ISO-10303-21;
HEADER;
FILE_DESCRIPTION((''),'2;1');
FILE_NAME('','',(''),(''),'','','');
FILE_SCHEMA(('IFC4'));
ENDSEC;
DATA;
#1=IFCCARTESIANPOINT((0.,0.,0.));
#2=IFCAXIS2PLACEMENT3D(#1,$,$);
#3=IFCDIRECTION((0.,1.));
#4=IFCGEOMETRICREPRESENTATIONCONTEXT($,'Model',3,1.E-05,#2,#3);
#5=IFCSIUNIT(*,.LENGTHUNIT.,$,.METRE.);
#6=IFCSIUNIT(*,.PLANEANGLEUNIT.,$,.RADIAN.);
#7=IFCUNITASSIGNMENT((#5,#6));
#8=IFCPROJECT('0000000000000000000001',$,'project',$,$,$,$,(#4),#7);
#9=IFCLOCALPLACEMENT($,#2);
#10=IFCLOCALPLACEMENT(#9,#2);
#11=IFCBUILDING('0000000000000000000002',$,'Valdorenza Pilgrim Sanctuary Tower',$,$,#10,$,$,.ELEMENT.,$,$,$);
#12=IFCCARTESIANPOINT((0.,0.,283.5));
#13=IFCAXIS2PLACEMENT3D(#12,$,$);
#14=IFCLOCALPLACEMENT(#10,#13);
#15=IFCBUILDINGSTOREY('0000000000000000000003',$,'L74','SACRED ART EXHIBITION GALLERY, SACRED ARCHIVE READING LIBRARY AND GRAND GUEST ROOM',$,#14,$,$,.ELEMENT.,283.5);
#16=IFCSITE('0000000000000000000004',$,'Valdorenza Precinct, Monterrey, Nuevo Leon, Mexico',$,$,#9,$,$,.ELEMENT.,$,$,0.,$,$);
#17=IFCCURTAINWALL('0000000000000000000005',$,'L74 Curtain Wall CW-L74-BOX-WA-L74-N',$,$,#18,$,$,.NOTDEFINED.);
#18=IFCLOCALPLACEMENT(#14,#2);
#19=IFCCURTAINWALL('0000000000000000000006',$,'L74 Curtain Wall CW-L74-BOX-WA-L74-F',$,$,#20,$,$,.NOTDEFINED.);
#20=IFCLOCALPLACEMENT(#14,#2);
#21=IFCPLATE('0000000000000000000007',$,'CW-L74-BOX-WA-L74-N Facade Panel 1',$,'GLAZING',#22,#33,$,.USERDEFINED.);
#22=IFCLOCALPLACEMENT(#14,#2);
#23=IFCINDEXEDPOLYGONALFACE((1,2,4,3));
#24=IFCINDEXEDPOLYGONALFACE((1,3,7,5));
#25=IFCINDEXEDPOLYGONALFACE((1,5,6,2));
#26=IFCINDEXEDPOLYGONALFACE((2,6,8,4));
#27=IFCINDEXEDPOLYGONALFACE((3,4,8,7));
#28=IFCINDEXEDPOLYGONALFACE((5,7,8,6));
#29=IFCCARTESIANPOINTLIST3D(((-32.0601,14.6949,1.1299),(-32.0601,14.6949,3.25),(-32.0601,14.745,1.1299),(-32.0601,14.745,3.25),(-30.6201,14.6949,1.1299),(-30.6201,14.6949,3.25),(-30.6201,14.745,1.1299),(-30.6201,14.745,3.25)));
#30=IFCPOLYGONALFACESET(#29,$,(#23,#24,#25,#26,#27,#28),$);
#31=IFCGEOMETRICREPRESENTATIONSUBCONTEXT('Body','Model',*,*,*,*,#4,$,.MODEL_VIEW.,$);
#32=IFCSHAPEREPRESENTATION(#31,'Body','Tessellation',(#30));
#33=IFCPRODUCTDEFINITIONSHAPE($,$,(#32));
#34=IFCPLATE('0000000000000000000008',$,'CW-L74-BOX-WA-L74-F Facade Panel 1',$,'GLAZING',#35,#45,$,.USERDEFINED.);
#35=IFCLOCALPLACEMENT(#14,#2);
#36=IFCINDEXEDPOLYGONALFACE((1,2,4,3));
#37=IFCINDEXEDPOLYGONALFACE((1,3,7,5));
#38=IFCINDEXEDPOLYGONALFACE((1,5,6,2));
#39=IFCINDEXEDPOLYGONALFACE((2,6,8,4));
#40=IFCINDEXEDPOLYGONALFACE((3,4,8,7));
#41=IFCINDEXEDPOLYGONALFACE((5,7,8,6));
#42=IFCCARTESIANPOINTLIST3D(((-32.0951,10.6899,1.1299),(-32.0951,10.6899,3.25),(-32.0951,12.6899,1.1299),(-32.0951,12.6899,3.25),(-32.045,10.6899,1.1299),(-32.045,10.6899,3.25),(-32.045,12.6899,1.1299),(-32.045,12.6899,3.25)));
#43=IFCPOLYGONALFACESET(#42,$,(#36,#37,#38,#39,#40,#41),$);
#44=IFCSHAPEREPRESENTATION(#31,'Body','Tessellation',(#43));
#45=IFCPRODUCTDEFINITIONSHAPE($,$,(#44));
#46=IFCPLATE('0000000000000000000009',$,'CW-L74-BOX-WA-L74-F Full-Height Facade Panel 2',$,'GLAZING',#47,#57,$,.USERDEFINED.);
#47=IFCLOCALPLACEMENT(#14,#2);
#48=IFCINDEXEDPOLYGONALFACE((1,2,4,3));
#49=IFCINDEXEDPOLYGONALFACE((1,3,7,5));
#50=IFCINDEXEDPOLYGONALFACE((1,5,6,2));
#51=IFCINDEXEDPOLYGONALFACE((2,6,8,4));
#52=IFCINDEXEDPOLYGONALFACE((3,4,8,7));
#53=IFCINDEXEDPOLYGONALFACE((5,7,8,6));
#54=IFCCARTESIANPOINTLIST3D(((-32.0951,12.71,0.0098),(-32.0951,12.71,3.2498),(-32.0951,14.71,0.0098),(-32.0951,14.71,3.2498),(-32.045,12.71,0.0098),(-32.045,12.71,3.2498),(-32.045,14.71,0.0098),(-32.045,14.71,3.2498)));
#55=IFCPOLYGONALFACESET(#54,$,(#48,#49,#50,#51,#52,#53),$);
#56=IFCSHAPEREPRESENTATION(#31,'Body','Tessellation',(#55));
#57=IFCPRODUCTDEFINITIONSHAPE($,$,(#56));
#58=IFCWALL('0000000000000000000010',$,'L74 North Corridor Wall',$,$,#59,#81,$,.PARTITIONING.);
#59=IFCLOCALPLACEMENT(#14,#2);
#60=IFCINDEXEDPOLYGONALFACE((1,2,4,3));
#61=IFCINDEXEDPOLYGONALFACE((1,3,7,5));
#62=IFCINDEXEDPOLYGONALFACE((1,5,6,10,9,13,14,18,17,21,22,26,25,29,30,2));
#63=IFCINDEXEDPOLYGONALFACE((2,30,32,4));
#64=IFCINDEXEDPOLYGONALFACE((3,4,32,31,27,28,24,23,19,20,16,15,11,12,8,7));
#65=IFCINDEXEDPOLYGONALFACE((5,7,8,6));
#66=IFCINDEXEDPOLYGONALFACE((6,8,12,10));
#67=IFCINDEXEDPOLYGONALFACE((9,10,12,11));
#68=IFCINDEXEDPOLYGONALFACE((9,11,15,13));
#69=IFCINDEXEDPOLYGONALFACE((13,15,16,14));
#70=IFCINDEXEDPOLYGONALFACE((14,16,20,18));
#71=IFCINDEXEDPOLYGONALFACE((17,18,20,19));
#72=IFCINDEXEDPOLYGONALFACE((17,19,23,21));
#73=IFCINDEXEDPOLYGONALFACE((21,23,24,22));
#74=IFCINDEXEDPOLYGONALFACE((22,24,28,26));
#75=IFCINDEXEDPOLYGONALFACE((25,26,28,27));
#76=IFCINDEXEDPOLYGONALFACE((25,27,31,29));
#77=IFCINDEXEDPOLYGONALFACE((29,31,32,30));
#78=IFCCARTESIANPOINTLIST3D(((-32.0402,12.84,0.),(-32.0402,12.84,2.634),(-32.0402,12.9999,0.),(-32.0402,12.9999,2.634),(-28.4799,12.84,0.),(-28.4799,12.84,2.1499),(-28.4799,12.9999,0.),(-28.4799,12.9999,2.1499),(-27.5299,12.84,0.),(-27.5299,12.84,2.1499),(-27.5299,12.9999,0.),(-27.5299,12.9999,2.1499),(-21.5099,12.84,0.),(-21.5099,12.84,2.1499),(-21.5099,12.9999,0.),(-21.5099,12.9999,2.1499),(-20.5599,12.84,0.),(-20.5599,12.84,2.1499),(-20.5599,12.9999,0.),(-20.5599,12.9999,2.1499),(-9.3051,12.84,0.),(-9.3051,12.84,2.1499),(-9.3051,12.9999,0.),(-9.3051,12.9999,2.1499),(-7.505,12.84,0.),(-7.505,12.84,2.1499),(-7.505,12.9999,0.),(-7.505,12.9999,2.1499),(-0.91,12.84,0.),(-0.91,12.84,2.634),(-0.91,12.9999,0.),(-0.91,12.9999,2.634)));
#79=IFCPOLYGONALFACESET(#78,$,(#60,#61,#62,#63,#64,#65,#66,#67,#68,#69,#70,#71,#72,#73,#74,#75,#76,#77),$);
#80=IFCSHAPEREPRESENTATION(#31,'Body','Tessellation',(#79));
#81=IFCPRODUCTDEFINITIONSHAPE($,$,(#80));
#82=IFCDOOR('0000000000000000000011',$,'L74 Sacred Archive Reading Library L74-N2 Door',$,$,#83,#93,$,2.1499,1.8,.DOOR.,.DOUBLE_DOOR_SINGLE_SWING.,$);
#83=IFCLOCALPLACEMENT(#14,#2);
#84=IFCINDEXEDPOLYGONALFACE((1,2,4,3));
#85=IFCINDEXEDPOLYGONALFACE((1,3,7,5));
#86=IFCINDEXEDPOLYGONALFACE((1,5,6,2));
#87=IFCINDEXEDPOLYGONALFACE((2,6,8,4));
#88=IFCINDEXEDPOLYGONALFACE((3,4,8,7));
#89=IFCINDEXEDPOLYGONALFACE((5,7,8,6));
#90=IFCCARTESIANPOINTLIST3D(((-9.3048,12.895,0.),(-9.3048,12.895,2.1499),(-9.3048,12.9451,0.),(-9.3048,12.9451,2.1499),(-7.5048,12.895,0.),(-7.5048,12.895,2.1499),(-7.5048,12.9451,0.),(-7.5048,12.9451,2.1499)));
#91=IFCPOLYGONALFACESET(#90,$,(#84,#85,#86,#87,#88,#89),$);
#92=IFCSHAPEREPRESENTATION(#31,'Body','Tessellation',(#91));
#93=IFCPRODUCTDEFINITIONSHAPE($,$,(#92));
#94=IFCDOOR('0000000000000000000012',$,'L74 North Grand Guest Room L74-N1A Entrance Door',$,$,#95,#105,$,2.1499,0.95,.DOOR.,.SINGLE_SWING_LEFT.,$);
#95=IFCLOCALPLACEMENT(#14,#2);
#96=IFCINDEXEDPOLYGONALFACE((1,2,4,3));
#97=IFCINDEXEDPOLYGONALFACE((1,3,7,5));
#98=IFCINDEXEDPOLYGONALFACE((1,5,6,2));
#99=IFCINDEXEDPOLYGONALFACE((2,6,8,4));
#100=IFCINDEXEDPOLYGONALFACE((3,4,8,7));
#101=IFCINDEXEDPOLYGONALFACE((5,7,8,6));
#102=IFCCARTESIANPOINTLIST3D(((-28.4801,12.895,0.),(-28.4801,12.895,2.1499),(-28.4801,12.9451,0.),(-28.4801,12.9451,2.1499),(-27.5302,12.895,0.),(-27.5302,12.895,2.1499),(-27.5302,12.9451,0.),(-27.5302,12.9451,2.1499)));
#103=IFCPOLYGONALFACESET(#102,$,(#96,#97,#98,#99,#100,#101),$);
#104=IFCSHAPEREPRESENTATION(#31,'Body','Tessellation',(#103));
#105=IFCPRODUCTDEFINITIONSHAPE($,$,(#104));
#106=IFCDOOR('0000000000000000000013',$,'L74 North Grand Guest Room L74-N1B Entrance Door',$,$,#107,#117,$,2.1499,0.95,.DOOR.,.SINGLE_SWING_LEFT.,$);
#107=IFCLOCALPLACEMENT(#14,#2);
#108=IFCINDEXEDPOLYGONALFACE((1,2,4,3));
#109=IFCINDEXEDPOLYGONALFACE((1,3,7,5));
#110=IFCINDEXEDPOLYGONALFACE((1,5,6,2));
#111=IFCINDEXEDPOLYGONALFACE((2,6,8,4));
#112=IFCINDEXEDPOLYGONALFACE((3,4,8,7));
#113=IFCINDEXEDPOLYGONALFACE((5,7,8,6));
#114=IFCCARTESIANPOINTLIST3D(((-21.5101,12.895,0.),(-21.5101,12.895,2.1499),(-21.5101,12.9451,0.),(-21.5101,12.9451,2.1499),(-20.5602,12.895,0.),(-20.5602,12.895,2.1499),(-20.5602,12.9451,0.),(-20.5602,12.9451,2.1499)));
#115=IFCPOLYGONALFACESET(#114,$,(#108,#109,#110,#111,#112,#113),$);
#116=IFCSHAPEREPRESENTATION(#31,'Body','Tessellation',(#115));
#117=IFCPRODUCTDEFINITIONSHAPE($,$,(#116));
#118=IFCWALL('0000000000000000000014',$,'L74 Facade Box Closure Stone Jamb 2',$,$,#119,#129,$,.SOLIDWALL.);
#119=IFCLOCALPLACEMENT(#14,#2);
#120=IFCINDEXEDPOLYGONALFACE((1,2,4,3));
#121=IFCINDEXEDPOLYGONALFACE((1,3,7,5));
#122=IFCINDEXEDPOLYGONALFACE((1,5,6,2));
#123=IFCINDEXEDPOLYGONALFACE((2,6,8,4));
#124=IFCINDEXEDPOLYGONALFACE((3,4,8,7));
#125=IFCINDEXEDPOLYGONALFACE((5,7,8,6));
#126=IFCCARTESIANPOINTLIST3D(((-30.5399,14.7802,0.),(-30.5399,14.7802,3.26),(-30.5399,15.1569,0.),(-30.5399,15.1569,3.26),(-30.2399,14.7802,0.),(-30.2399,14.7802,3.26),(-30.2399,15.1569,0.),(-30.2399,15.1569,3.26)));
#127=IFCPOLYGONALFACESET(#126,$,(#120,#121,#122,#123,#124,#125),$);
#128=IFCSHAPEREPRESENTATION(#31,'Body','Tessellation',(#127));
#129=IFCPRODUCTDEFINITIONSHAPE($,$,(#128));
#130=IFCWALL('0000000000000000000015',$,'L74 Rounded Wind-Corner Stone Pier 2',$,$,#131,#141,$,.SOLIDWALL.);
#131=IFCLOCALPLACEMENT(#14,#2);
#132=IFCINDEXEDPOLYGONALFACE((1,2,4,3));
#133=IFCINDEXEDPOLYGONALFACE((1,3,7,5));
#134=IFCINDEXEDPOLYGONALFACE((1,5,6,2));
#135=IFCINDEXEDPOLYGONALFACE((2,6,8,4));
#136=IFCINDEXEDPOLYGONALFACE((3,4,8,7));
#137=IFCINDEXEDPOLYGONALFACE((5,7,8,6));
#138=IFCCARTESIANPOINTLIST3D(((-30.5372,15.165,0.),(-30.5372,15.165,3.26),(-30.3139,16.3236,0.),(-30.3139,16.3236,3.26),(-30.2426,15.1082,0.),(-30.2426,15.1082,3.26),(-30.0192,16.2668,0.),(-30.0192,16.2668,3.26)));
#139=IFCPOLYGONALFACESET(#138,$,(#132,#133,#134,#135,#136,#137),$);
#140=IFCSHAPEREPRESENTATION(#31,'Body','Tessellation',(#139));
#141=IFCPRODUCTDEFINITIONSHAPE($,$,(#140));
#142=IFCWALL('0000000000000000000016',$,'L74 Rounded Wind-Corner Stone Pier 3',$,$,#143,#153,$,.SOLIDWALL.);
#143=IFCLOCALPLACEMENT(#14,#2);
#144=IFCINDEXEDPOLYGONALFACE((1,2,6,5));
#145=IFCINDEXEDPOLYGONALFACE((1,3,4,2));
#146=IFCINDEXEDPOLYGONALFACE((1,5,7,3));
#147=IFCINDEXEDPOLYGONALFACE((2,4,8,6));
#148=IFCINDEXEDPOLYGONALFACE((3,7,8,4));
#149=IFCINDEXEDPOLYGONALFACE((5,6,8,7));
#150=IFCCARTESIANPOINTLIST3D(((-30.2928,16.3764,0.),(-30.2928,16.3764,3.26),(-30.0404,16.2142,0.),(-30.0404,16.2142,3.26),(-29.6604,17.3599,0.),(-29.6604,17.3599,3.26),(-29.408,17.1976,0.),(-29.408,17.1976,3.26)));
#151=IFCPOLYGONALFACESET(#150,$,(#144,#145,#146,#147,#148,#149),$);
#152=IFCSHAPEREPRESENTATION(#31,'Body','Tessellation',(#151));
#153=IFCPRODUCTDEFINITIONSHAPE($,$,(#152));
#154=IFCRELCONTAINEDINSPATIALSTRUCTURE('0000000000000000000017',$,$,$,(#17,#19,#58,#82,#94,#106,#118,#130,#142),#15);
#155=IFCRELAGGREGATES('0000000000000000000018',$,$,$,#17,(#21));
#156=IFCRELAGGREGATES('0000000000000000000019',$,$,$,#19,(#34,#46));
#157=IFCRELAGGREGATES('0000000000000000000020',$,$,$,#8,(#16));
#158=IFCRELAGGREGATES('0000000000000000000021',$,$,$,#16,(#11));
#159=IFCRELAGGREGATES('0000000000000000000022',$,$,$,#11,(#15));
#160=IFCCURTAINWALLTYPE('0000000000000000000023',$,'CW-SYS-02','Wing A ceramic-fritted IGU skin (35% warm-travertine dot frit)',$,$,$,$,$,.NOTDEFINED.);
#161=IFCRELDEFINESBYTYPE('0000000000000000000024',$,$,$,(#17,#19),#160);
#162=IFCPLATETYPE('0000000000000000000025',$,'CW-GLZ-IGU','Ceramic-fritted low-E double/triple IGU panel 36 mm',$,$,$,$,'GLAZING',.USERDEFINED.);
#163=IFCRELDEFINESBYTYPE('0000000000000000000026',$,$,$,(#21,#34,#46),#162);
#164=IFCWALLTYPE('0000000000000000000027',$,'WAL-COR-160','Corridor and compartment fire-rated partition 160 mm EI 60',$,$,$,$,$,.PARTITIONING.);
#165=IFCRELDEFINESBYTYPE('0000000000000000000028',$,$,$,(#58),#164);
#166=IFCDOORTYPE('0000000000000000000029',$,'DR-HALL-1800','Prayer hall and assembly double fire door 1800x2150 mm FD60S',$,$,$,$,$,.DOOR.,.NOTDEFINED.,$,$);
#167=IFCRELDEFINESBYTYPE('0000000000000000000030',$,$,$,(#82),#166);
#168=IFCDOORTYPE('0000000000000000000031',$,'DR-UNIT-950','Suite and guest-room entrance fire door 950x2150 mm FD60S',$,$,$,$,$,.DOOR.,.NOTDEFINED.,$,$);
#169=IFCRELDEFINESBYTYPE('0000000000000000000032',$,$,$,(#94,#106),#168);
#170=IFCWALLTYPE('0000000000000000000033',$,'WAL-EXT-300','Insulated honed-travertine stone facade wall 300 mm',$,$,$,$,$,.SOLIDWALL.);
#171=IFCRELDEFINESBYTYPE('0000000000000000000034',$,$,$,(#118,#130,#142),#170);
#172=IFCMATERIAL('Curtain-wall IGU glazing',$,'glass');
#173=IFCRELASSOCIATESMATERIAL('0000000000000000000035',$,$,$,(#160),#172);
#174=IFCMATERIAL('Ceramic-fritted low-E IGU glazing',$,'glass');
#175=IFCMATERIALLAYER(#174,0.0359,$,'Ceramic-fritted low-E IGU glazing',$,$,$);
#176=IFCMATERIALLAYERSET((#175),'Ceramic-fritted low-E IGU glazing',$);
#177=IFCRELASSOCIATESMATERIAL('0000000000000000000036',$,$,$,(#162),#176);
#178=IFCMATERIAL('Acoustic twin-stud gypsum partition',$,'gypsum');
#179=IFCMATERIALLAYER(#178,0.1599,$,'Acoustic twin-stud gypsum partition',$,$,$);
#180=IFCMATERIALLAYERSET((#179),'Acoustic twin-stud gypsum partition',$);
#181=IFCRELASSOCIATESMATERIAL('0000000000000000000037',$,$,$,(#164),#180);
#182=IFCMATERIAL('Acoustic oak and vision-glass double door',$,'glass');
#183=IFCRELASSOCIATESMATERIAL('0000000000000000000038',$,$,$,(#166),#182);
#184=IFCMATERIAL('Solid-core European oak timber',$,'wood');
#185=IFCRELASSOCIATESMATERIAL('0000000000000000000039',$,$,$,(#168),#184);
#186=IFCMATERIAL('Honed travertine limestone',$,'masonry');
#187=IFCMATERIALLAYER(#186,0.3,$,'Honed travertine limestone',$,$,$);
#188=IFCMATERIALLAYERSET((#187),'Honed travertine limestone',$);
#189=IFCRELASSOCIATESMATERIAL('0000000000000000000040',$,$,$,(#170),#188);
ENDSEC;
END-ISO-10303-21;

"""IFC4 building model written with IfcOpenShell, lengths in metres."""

from ifc_helpers import new_model, si_unit, direction, frame, frame_2d, origin, origin_2d, place, context, subcontext, project, spatial, rectangle, extrude, source, transform, mapped, material, layer, layer_set, type_object, element, fill, aggregate, save


model = new_model("IFC4")

# Units and contexts
model_context = context("Model", 3, precision=1e-05, world=origin(), true_north=direction((0.0, 1.0)))
body_context = subcontext(model_context, "Body", "Model", "MODEL_VIEW")
ifc_project = project(units=[si_unit("LENGTHUNIT", "METRE"), si_unit("PLANEANGLEUNIT", "RADIAN")], contexts=[model_context])

# Site, building, storey
site_placement = place(None, origin())
site = spatial("IfcSite", under=ifc_project, at=site_placement, Name="Valdorenza Precinct, Monterrey, Nuevo Leon, Mexico", CompositionType="ELEMENT", RefElevation=0.0)
building_placement = place(site_placement, origin())
building = spatial("IfcBuilding", under=site, at=building_placement, Name="Valdorenza Pilgrim Sanctuary Tower", CompositionType="ELEMENT")
storey_placement = place(building_placement, frame((0.0, 0.0, 283.5)))
storey = spatial("IfcBuildingStorey", under=building, at=storey_placement, Name="L74", Description="SACRED ART EXHIBITION GALLERY, SACRED ARCHIVE READING LIBRARY AND GRAND GUEST ROOM", CompositionType="ELEMENT", Elevation=283.5)

# Curtain wall
ifc_material_1 = material(Name="Curtain-wall IGU glazing", Category="glass")
curtain_wall_type = type_object("IfcCurtainWallType", Name="CW-SYS-02", Description="Wing A ceramic-fritted IGU skin (35% warm-travertine dot frit)", PredefinedType="NOTDEFINED", material=ifc_material_1)
curtain_wall_1_placement = place(storey_placement, origin())
curtain_wall_1 = element("IfcCurtainWall", 1, at=curtain_wall_1_placement, inside=storey, type_object=curtain_wall_type, Name="L74 Curtain Wall CW-L74-BOX-WA-L74-N", PredefinedType="NOTDEFINED")

# Curtain wall
curtain_wall_2_placement = place(storey_placement, origin())
curtain_wall_2 = element("IfcCurtainWall", 2, at=curtain_wall_2_placement, inside=storey, type_object=curtain_wall_type, Name="L74 Curtain Wall CW-L74-BOX-WA-L74-F", PredefinedType="NOTDEFINED")

# Plates
ifc_material_2 = material(Name="Honed travertine limestone", Category="masonry")
ifc_material_3 = material(Name="Ceramic-fritted low-E IGU glazing", Category="glass")
ifc_layer_1 = layer(ifc_material_3, 0.0359, Name="Ceramic-fritted low-E IGU glazing")
ifc_layer_set_1 = layer_set([ifc_layer_1], Name="Ceramic-fritted low-E IGU glazing")
plate_type_1 = type_object("IfcPlateType", Name="CW-GLZ-IGU", Description="Ceramic-fritted low-E double/triple IGU panel 36 mm", ElementType="GLAZING", PredefinedType="USERDEFINED", material=ifc_layer_set_1)
shared_shape_1 = source(origin(), body_context, "Body", "SweptSolid", [
    extrude(rectangle(XDim=1.4399, YDim=0.05, at=origin_2d()), origin(), (0.0, 0.0, 1.0), 2.1201),
])
plate_1_placement = place(storey_placement, frame((-31.3401, 14.72, 1.1299), z_axis=(0.0, 0.0, 1.0), x_axis=(1.0, 0.0, 0.0)))
plate_1 = element("IfcPlate", 3, at=plate_1_placement, type_object=plate_type_1, Name="CW-L74-BOX-WA-L74-N Facade Panel 1", ObjectType="GLAZING", PredefinedType="USERDEFINED", context=body_context, shape_type="MappedRepresentation", body=[
    mapped(shared_shape_1, transform((0.0, 0.0, 0.0), x_axis=(1.0, 0.0, 0.0), y_axis=(0.0, 1.0, 0.0), z_axis=(0.0, 0.0, 1.0), scale=1.0)),
])
aggregate(curtain_wall_1, [plate_1])
shared_shape_2 = source(origin(), body_context, "Body", "SweptSolid", [
    extrude(rectangle(XDim=2.0, YDim=0.05, at=origin_2d()), origin(), (0.0, 0.0, 1.0), 2.1201),
])
plate_2_placement = place(storey_placement, frame((-32.0701, 11.6899, 1.1299), z_axis=(0.0, 0.0, 1.0), x_axis=(0.0, 1.0, 0.0)))
plate_2 = element("IfcPlate", 4, at=plate_2_placement, type_object=plate_type_1, Name="CW-L74-BOX-WA-L74-F Facade Panel 1", ObjectType="GLAZING", PredefinedType="USERDEFINED", context=body_context, shape_type="MappedRepresentation", body=[
    mapped(shared_shape_2, transform((0.0, 0.0, 0.0), x_axis=(1.0, 0.0, 0.0), y_axis=(0.0, 1.0, 0.0), z_axis=(0.0, 0.0, 1.0), scale=1.0)),
])
shared_shape_3 = source(origin(), body_context, "Body", "SweptSolid", [
    extrude(rectangle(XDim=2.0, YDim=0.05, at=origin_2d()), origin(), (0.0, 0.0, 1.0), 3.24),
])
plate_3_placement = place(storey_placement, frame((-32.0701, 13.71, 0.0098), z_axis=(0.0, 0.0, 1.0), x_axis=(0.0, 1.0, 0.0)))
plate_3 = element("IfcPlate", 5, at=plate_3_placement, type_object=plate_type_1, Name="CW-L74-BOX-WA-L74-F Full-Height Facade Panel 2", ObjectType="GLAZING", PredefinedType="USERDEFINED", context=body_context, shape_type="MappedRepresentation", body=[
    mapped(shared_shape_3, transform((0.0, 0.0, 0.0), x_axis=(1.0, 0.0, 0.0), y_axis=(0.0, 1.0, 0.0), z_axis=(0.0, 0.0, 1.0), scale=1.0)),
])
aggregate(curtain_wall_2, [plate_2, plate_3])

# Wall, openings, doors
ifc_material_4 = material(Name="Acoustic twin-stud gypsum partition", Category="gypsum")
ifc_layer_2 = layer(ifc_material_4, 0.1599, Name="Acoustic twin-stud gypsum partition")
ifc_layer_set_2 = layer_set([ifc_layer_2], Name="Acoustic twin-stud gypsum partition")
wall_type_1 = type_object("IfcWallType", Name="WAL-COR-160", Description="Corridor and compartment fire-rated partition 160 mm EI 60", PredefinedType="PARTITIONING", material=ifc_layer_set_2)
wall_1_placement = place(storey_placement, frame((-32.04, 12.9199, 0.0), z_axis=(0.0, 0.0, 1.0), x_axis=(1.0, 0.0, 0.0)))
wall_1 = element("IfcWall", 6, at=wall_1_placement, inside=storey, type_object=wall_type_1, Name="L74 North Corridor Wall", PredefinedType="PARTITIONING", context=body_context, shape_type="SweptSolid", body=[
    extrude(rectangle(XDim=31.1301, YDim=0.1599, at=frame_2d((15.5649, 0.0))), origin(), (0.0, 0.0, 1.0), 2.634),
])
opening_1_placement = place(wall_1_placement, frame((3.5601, 0.0, 0.0)))
opening_1 = element("IfcOpeningElement", 7, at=opening_1_placement, cuts=wall_1, PredefinedType="OPENING", context=body_context, shape_type="SweptSolid", body=[
    extrude(rectangle(XDim=0.95, YDim=2.1499, at=frame_2d((0.4751, 1.075))), frame((0.0, 0.0947, 0.0), z_axis=(0.0, -1.0, 0.0), x_axis=(1.0, 0.0, 0.0)), (0.0, 0.0, 1.0), 0.1897),
])
opening_2_placement = place(wall_1_placement, frame((10.53, 0.0, 0.0)))
opening_2 = element("IfcOpeningElement", 8, at=opening_2_placement, cuts=wall_1, PredefinedType="OPENING", context=body_context, shape_type="SweptSolid", body=[
    extrude(rectangle(XDim=0.95, YDim=2.1499, at=frame_2d((0.4751, 1.075))), frame((0.0, 0.0947, 0.0), z_axis=(0.0, -1.0, 0.0), x_axis=(1.0, 0.0, 0.0)), (0.0, 0.0, 1.0), 0.1897),
])
opening_3_placement = place(wall_1_placement, frame((22.7351, 0.0, 0.0)))
opening_3 = element("IfcOpeningElement", 9, at=opening_3_placement, cuts=wall_1, PredefinedType="OPENING", context=body_context, shape_type="SweptSolid", body=[
    extrude(rectangle(XDim=1.8, YDim=2.1499, at=frame_2d((0.8999, 1.075))), frame((0.0, 0.0947, 0.0), z_axis=(0.0, -1.0, 0.0), x_axis=(1.0, 0.0, 0.0)), (0.0, 0.0, 1.0), 0.1897),
])
ifc_material_5 = material(Name="Acoustic oak and vision-glass double door", Category="glass")
door_type_1 = type_object("IfcDoorType", Name="DR-HALL-1800", Description="Prayer hall and assembly double fire door 1800x2150 mm FD60S", OperationType="NOTDEFINED", PredefinedType="DOOR", material=ifc_material_5)
door_1_placement = place(opening_3_placement, frame((1.8, 0.0, 0.0), z_axis=(0.0, 0.0, 1.0), x_axis=(-1.0, 0.0, 0.0)))
door_1 = element("IfcDoor", 10, at=door_1_placement, inside=storey, type_object=door_type_1, Name="L74 Sacred Archive Reading Library L74-N2 Door", OperationType="DOUBLE_DOOR_SINGLE_SWING", OverallHeight=2.1499, OverallWidth=1.8, PredefinedType="DOOR", context=body_context, shape_type="SweptSolid", body=[
    extrude(rectangle(XDim=1.8, YDim=2.1499, at=frame_2d((0.8999, 1.075))), frame((0.0, 0.0249, 0.0), z_axis=(0.0, -1.0, 0.0), x_axis=(1.0, 0.0, 0.0)), (0.0, 0.0, 1.0), 0.05),
])
fill(opening_3, door_1)
ifc_material_6 = material(Name="Solid-core European oak timber", Category="wood")
door_type_2 = type_object("IfcDoorType", Name="DR-UNIT-950", Description="Suite and guest-room entrance fire door 950x2150 mm FD60S", OperationType="NOTDEFINED", PredefinedType="DOOR", material=ifc_material_6)
door_2_placement = place(opening_1_placement, frame((0.95, 0.0, 0.0), z_axis=(0.0, 0.0, 1.0), x_axis=(-1.0, 0.0, 0.0)))
door_2 = element("IfcDoor", 11, at=door_2_placement, inside=storey, type_object=door_type_2, Name="L74 North Grand Guest Room L74-N1A Entrance Door", OperationType="SINGLE_SWING_LEFT", OverallHeight=2.1499, OverallWidth=0.95, PredefinedType="DOOR", context=body_context, shape_type="SweptSolid", body=[
    extrude(rectangle(XDim=0.95, YDim=2.1499, at=frame_2d((0.4751, 1.075))), frame((0.0, 0.0249, 0.0), z_axis=(0.0, -1.0, 0.0), x_axis=(1.0, 0.0, 0.0)), (0.0, 0.0, 1.0), 0.05),
])
fill(opening_1, door_2)
door_3_placement = place(opening_2_placement, frame((0.95, 0.0, 0.0), z_axis=(0.0, 0.0, 1.0), x_axis=(-1.0, 0.0, 0.0)))
door_3 = element("IfcDoor", 12, at=door_3_placement, inside=storey, type_object=door_type_2, Name="L74 North Grand Guest Room L74-N1B Entrance Door", OperationType="SINGLE_SWING_LEFT", OverallHeight=2.1499, OverallWidth=0.95, PredefinedType="DOOR", context=body_context, shape_type="SweptSolid", body=[
    extrude(rectangle(XDim=0.95, YDim=2.1499, at=frame_2d((0.4751, 1.075))), frame((0.0, 0.0249, 0.0), z_axis=(0.0, -1.0, 0.0), x_axis=(1.0, 0.0, 0.0)), (0.0, 0.0, 1.0), 0.05),
])
fill(opening_2, door_3)

# Walls
ifc_layer_3 = layer(ifc_material_2, 0.3, Name="Honed travertine limestone")
ifc_layer_set_3 = layer_set([ifc_layer_3], Name="Honed travertine limestone")
wall_type_2 = type_object("IfcWallType", Name="WAL-EXT-300", Description="Insulated honed-travertine stone facade wall 300 mm", PredefinedType="SOLIDWALL", material=ifc_layer_set_3)
wall_2_placement = place(storey_placement, frame((-30.3899, 14.78, 0.0), z_axis=(0.0, 0.0, 1.0), x_axis=(0.0, 1.0, 0.0)))
element("IfcWall", 13, at=wall_2_placement, inside=storey, type_object=wall_type_2, Name="L74 Facade Box Closure Stone Jamb 2", PredefinedType="SOLIDWALL", context=body_context, shape_type="SweptSolid", body=[
    extrude(rectangle(XDim=0.3767, YDim=0.3, at=frame_2d((0.1885, 0.0))), origin(), (0.0, 0.0, 1.0), 3.26),
])
wall_3_placement = place(storey_placement, frame((-30.3899, 15.1367, 0.0), z_axis=(0.0, 0.0, 1.0), x_axis=(0.189308, 0.981918, 0.0)))
element("IfcWall", 14, at=wall_3_placement, inside=storey, type_object=wall_type_2, Name="L74 Rounded Wind-Corner Stone Pier 2", PredefinedType="SOLIDWALL", context=body_context, shape_type="SweptSolid", body=[
    extrude(rectangle(XDim=1.1799, YDim=0.3, at=frame_2d((0.5898, 0.0))), origin(), (0.0, 0.0, 1.0), 3.26),
])
wall_4_placement = place(storey_placement, frame((-30.1665, 16.2954, 0.0), z_axis=(0.0, 0.0, 1.0), x_axis=(0.540842, 0.841124, 0.0)))
element("IfcWall", 15, at=wall_4_placement, inside=storey, type_object=wall_type_2, Name="L74 Rounded Wind-Corner Stone Pier 3", PredefinedType="SOLIDWALL", context=body_context, shape_type="SweptSolid", body=[
    extrude(rectangle(XDim=1.1692, YDim=0.3, at=frame_2d((0.5845, 0.0))), origin(), (0.0, 0.0, 1.0), 3.26),
])

save(model, "model.ifc")
